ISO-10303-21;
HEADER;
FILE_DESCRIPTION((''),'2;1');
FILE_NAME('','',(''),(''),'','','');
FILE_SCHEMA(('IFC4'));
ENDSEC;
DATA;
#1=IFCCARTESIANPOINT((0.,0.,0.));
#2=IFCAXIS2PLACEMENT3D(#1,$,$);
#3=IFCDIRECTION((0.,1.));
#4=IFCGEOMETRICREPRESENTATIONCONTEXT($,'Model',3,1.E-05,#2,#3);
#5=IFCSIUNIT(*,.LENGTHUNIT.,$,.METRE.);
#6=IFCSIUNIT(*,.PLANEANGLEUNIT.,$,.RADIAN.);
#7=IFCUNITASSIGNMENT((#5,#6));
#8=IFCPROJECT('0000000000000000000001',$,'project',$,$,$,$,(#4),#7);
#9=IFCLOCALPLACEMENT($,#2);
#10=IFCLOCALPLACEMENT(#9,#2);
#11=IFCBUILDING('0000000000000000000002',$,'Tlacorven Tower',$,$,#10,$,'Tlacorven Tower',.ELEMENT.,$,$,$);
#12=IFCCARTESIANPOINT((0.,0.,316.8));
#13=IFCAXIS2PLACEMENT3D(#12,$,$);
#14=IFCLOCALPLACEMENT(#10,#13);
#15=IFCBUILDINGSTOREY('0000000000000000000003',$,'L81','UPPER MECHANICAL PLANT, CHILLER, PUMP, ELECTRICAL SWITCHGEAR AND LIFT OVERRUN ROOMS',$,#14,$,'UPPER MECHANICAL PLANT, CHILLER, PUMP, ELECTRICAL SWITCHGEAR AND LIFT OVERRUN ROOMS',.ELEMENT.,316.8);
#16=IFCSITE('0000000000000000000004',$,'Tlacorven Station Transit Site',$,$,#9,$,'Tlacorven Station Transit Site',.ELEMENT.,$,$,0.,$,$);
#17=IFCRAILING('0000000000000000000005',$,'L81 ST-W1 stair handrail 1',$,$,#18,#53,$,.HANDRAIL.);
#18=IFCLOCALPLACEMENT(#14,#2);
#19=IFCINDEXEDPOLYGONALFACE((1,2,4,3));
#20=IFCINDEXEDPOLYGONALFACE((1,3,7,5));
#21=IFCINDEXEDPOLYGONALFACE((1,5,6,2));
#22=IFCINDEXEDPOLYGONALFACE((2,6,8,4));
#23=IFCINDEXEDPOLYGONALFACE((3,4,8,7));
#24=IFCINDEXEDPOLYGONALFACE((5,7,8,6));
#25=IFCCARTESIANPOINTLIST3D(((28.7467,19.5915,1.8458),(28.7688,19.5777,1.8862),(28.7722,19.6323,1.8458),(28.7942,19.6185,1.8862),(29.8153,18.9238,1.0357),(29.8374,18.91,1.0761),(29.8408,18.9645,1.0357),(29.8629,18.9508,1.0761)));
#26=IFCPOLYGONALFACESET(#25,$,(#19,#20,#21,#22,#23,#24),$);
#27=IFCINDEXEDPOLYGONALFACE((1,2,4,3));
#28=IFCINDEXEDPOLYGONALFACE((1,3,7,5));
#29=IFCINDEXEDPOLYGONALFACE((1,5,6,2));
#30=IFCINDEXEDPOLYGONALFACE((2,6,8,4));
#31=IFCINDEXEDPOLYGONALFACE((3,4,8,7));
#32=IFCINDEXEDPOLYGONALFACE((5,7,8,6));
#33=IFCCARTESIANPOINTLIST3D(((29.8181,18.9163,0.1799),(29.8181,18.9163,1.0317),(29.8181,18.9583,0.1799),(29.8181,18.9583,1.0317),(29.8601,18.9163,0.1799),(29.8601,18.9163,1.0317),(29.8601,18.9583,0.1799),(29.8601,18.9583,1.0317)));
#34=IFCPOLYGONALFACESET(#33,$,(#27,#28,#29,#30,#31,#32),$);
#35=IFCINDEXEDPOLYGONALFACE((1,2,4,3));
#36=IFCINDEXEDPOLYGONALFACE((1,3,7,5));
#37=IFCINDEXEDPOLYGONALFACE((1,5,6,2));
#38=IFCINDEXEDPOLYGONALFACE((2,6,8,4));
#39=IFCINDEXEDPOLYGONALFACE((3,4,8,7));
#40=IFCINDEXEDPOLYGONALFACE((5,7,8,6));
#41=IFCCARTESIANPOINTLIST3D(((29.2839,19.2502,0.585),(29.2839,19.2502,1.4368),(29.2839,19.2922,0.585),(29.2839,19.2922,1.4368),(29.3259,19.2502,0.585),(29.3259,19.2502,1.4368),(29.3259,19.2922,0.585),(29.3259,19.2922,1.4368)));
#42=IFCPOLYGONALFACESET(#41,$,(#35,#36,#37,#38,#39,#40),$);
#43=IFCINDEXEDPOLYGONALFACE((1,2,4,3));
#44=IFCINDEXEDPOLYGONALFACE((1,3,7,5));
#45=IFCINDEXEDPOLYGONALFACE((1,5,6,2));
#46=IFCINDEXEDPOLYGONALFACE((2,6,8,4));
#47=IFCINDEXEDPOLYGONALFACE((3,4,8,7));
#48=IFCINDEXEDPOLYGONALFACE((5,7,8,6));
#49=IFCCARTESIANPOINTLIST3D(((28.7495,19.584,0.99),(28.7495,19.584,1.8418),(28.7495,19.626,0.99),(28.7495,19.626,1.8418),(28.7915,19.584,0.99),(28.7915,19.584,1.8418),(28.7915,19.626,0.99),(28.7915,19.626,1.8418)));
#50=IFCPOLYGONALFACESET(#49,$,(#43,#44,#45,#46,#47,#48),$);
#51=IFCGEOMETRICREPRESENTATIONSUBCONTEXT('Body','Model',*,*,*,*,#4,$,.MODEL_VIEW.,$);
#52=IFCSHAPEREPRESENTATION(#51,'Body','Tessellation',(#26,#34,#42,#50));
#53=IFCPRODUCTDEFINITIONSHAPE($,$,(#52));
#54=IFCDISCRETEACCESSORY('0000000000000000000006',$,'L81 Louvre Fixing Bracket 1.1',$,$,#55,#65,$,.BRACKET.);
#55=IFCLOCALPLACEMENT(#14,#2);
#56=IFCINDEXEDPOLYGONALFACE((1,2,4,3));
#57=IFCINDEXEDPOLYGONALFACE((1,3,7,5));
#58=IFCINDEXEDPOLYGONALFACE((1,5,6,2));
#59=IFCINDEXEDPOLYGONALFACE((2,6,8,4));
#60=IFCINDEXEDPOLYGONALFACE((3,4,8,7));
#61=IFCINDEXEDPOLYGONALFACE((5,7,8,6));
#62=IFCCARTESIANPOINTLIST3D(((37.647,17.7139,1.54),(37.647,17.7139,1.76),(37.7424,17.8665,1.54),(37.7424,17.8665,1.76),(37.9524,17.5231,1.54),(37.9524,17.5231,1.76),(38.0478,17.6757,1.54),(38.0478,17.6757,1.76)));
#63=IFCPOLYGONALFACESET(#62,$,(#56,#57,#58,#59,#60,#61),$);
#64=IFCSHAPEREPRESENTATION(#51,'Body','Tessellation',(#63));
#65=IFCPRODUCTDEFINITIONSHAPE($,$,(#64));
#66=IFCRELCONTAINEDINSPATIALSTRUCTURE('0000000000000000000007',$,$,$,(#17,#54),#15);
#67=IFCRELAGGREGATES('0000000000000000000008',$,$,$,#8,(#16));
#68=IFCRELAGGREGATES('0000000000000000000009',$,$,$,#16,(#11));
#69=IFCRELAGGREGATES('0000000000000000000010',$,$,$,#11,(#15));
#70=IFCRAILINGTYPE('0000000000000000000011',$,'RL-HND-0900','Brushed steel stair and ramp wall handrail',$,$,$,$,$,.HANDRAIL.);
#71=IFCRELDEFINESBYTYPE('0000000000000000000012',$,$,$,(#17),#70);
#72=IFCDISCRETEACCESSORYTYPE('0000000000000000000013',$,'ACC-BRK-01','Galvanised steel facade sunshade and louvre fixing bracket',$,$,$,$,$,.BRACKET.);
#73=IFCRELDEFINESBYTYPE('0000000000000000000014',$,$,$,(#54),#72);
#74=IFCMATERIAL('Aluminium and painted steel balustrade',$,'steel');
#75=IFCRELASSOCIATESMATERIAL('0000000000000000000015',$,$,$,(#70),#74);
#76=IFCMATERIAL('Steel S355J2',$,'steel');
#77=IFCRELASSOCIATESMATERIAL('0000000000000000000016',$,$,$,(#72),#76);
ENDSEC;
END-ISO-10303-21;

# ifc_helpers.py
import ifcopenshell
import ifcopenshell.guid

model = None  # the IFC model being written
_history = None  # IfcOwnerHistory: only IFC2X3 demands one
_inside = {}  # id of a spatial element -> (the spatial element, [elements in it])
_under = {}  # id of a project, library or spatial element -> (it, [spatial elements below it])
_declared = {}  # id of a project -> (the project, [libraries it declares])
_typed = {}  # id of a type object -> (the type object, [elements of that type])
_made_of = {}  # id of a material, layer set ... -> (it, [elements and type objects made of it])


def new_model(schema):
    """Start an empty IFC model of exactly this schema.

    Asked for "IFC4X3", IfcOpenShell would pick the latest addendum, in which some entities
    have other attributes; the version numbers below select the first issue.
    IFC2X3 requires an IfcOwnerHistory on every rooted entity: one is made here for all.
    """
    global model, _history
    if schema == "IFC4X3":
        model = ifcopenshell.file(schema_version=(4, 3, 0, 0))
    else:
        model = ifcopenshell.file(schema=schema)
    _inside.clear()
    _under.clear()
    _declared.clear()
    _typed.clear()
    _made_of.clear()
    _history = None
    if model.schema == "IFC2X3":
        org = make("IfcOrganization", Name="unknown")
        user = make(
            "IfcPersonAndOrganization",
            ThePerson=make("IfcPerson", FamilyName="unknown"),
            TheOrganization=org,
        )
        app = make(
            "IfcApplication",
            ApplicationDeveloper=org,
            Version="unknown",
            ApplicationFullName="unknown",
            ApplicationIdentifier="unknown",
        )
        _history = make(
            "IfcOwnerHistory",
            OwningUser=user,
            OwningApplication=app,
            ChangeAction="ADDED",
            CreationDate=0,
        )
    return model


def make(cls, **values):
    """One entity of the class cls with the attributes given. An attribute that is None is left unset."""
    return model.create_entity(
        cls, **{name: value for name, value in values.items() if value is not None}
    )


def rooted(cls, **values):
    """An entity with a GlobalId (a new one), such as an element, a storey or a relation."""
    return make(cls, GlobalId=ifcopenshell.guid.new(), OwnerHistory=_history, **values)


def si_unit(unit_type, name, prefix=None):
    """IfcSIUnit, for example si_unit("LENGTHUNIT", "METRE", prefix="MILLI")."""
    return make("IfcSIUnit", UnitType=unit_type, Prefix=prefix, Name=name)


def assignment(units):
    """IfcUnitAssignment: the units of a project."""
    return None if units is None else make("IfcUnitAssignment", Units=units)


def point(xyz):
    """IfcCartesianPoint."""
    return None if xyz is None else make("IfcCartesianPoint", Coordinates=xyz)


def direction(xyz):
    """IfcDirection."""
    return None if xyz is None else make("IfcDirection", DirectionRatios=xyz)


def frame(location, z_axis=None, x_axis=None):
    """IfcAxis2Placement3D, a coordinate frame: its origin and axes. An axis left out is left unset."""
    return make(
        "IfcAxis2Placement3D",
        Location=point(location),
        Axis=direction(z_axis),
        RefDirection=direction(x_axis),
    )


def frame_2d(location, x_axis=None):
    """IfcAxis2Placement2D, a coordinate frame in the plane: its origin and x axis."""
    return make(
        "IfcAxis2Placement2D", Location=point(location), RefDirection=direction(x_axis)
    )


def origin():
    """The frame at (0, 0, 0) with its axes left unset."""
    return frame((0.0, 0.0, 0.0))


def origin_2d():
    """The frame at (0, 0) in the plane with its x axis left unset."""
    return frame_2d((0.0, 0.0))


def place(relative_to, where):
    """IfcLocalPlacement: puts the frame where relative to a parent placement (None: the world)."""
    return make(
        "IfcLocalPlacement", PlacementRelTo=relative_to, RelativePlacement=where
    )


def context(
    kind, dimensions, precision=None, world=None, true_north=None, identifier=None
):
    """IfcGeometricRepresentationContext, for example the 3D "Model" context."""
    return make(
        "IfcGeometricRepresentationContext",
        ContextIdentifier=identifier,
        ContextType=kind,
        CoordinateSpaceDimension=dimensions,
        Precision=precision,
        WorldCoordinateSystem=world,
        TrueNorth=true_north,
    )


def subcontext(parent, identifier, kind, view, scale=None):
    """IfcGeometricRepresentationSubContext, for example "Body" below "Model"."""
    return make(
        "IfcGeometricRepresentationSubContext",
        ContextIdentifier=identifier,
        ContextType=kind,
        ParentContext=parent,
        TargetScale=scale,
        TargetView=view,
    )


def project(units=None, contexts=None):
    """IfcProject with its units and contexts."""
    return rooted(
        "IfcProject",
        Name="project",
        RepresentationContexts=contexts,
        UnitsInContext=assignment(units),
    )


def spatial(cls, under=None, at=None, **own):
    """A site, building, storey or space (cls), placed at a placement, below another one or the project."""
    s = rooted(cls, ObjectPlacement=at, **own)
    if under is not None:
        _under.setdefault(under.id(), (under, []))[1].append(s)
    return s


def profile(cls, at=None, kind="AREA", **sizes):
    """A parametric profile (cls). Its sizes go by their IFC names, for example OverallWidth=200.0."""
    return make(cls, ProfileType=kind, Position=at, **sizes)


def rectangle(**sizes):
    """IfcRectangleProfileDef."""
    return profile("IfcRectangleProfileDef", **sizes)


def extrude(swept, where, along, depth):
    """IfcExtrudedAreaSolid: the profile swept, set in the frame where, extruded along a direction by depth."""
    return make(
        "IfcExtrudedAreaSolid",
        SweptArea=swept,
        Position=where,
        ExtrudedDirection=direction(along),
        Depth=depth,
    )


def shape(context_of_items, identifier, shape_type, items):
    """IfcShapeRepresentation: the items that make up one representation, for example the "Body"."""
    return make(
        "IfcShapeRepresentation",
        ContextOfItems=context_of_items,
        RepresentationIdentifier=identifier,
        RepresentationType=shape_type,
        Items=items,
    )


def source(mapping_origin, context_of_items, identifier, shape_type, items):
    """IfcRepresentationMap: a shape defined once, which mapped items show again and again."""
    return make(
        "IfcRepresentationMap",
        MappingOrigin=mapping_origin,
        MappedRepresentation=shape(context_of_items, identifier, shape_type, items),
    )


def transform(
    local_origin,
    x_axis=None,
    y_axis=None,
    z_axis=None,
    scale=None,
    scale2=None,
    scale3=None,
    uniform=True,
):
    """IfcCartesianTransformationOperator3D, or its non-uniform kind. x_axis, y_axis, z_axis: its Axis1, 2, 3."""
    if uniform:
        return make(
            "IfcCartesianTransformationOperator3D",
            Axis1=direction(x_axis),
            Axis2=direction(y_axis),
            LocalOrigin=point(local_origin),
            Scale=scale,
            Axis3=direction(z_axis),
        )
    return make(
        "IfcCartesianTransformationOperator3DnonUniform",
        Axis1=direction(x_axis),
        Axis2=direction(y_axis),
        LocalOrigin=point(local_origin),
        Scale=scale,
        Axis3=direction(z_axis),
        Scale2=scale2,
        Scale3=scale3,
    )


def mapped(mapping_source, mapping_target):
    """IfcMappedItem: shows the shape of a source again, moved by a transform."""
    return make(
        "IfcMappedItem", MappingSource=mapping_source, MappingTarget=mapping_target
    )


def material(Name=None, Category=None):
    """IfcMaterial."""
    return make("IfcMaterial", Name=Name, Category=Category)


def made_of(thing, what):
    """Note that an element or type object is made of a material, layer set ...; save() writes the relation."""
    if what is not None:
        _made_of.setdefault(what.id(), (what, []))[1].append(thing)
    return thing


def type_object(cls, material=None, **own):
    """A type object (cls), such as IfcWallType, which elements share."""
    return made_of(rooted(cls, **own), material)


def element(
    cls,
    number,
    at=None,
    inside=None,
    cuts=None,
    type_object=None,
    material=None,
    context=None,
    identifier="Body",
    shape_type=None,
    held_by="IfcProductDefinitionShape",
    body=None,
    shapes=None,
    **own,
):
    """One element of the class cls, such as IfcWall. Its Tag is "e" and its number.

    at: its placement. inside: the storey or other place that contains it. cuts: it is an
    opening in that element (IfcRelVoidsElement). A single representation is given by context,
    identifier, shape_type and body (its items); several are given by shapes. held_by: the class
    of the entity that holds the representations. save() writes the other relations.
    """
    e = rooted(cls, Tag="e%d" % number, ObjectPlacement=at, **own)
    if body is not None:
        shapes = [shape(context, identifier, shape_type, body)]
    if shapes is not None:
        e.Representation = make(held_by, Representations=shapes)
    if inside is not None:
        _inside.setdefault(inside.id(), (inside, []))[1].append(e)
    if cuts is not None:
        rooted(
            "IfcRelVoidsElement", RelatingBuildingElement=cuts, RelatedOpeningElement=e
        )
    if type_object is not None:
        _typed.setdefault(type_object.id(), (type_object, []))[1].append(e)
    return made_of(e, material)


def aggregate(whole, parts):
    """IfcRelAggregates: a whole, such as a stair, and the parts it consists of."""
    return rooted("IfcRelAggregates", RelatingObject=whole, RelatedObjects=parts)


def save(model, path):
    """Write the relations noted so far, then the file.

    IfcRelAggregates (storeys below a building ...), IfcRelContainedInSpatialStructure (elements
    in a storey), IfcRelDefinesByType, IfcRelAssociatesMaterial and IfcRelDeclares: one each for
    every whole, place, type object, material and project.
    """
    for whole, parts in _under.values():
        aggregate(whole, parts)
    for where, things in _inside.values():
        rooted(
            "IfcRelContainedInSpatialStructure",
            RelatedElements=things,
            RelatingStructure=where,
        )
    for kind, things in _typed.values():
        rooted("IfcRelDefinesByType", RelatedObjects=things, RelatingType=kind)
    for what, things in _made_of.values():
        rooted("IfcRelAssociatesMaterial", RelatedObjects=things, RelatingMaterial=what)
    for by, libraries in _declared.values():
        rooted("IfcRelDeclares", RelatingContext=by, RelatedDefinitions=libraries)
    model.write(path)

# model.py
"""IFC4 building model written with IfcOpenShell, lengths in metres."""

from ifc_helpers import new_model, si_unit, direction, frame, origin, origin_2d, place, context, subcontext, project, spatial, rectangle, extrude, source, transform, mapped, material, type_object, element, save


model = new_model("IFC4")

# Units and contexts
model_context = context("Model", 3, precision=1e-05, world=origin(), true_north=direction((0.0, 1.0)))
body_context = subcontext(model_context, "Body", "Model", "MODEL_VIEW")
ifc_project = project(units=[si_unit("LENGTHUNIT", "METRE"), si_unit("PLANEANGLEUNIT", "RADIAN")], contexts=[model_context])

# Site, building, storey
site_placement = place(None, origin())
site = spatial("IfcSite", under=ifc_project, at=site_placement, Name="Tlacorven Station Transit Site", LongName="Tlacorven Station Transit Site", CompositionType="ELEMENT", RefElevation=0.0)
building_placement = place(site_placement, origin())
building = spatial("IfcBuilding", under=site, at=building_placement, Name="Tlacorven Tower", LongName="Tlacorven Tower", CompositionType="ELEMENT")
storey_placement = place(building_placement, frame((0.0, 0.0, 316.8)))
storey = spatial("IfcBuildingStorey", under=building, at=storey_placement, Name="L81", Description="UPPER MECHANICAL PLANT, CHILLER, PUMP, ELECTRICAL SWITCHGEAR AND LIFT OVERRUN ROOMS", LongName="UPPER MECHANICAL PLANT, CHILLER, PUMP, ELECTRICAL SWITCHGEAR AND LIFT OVERRUN ROOMS", CompositionType="ELEMENT", Elevation=316.8)

# Shared definitions
ifc_material_1 = material(Name="Steel S355J2", Category="steel")

# Railing
ifc_material_2 = material(Name="Aluminium and painted steel balustrade", Category="steel")
railing_type_1 = type_object("IfcRailingType", Name="RL-HND-0900", Description="Brushed steel stair and ramp wall handrail", PredefinedType="HANDRAIL", material=ifc_material_2)
shared_shape_1 = source(origin(), body_context, "Body", "SweptSolid", [
    extrude(rectangle(XDim=0.0481, YDim=0.0481, at=origin_2d()), frame((0.0, 0.0, 0.876), z_axis=(-0.71336, 0.445748, 0.540765), x_axis=(-0.529912, -0.848053, 0.0)), (0.0, 0.0, 1.0), 1.498),
    extrude(rectangle(XDim=0.042, YDim=0.042, at=origin_2d()), origin(), (0.0, 0.0, 1.0), 0.8518),
    extrude(rectangle(XDim=0.042, YDim=0.042, at=origin_2d()), frame((-0.5342, 0.334, 0.405)), (0.0, 0.0, 1.0), 0.8518),
    extrude(rectangle(XDim=0.042, YDim=0.042, at=origin_2d()), frame((-1.0686, 0.6677, 0.8101)), (0.0, 0.0, 1.0), 0.8518),
])
railing_1_placement = place(storey_placement, frame((29.8391, 18.9373, 0.1799)))
element("IfcRailing", 1, at=railing_1_placement, inside=storey, type_object=railing_type_1, Name="L81 ST-W1 stair handrail 1", PredefinedType="HANDRAIL", context=body_context, shape_type="MappedRepresentation", body=[
    mapped(shared_shape_1, transform((0.0, 0.0, 0.0), scale=1.0)),
])

# Discrete accessory
discrete_accessory_type = type_object("IfcDiscreteAccessoryType", Name="ACC-BRK-01", Description="Galvanised steel facade sunshade and louvre fixing bracket", PredefinedType="BRACKET", material=ifc_material_1)
shared_shape_2 = source(origin(), body_context, "Body", "SweptSolid", [
    extrude(rectangle(XDim=0.1799, YDim=0.3601, at=origin_2d()), origin(), (0.0, 0.0, 1.0), 0.22),
])
discrete_accessory_placement = place(storey_placement, frame((37.8474, 17.6948, 1.54), z_axis=(0.0, 0.0, 1.0), x_axis=(-0.529919, -0.848048, 0.0)))
element("IfcDiscreteAccessory", 2, at=discrete_accessory_placement, inside=storey, type_object=discrete_accessory_type, Name="L81 Louvre Fixing Bracket 1.1", PredefinedType="BRACKET", context=body_context, shape_type="MappedRepresentation", body=[
    mapped(shared_shape_2, transform((0.0, 0.0, 0.0), scale=1.0)),
])

save(model, "model.ifc")
